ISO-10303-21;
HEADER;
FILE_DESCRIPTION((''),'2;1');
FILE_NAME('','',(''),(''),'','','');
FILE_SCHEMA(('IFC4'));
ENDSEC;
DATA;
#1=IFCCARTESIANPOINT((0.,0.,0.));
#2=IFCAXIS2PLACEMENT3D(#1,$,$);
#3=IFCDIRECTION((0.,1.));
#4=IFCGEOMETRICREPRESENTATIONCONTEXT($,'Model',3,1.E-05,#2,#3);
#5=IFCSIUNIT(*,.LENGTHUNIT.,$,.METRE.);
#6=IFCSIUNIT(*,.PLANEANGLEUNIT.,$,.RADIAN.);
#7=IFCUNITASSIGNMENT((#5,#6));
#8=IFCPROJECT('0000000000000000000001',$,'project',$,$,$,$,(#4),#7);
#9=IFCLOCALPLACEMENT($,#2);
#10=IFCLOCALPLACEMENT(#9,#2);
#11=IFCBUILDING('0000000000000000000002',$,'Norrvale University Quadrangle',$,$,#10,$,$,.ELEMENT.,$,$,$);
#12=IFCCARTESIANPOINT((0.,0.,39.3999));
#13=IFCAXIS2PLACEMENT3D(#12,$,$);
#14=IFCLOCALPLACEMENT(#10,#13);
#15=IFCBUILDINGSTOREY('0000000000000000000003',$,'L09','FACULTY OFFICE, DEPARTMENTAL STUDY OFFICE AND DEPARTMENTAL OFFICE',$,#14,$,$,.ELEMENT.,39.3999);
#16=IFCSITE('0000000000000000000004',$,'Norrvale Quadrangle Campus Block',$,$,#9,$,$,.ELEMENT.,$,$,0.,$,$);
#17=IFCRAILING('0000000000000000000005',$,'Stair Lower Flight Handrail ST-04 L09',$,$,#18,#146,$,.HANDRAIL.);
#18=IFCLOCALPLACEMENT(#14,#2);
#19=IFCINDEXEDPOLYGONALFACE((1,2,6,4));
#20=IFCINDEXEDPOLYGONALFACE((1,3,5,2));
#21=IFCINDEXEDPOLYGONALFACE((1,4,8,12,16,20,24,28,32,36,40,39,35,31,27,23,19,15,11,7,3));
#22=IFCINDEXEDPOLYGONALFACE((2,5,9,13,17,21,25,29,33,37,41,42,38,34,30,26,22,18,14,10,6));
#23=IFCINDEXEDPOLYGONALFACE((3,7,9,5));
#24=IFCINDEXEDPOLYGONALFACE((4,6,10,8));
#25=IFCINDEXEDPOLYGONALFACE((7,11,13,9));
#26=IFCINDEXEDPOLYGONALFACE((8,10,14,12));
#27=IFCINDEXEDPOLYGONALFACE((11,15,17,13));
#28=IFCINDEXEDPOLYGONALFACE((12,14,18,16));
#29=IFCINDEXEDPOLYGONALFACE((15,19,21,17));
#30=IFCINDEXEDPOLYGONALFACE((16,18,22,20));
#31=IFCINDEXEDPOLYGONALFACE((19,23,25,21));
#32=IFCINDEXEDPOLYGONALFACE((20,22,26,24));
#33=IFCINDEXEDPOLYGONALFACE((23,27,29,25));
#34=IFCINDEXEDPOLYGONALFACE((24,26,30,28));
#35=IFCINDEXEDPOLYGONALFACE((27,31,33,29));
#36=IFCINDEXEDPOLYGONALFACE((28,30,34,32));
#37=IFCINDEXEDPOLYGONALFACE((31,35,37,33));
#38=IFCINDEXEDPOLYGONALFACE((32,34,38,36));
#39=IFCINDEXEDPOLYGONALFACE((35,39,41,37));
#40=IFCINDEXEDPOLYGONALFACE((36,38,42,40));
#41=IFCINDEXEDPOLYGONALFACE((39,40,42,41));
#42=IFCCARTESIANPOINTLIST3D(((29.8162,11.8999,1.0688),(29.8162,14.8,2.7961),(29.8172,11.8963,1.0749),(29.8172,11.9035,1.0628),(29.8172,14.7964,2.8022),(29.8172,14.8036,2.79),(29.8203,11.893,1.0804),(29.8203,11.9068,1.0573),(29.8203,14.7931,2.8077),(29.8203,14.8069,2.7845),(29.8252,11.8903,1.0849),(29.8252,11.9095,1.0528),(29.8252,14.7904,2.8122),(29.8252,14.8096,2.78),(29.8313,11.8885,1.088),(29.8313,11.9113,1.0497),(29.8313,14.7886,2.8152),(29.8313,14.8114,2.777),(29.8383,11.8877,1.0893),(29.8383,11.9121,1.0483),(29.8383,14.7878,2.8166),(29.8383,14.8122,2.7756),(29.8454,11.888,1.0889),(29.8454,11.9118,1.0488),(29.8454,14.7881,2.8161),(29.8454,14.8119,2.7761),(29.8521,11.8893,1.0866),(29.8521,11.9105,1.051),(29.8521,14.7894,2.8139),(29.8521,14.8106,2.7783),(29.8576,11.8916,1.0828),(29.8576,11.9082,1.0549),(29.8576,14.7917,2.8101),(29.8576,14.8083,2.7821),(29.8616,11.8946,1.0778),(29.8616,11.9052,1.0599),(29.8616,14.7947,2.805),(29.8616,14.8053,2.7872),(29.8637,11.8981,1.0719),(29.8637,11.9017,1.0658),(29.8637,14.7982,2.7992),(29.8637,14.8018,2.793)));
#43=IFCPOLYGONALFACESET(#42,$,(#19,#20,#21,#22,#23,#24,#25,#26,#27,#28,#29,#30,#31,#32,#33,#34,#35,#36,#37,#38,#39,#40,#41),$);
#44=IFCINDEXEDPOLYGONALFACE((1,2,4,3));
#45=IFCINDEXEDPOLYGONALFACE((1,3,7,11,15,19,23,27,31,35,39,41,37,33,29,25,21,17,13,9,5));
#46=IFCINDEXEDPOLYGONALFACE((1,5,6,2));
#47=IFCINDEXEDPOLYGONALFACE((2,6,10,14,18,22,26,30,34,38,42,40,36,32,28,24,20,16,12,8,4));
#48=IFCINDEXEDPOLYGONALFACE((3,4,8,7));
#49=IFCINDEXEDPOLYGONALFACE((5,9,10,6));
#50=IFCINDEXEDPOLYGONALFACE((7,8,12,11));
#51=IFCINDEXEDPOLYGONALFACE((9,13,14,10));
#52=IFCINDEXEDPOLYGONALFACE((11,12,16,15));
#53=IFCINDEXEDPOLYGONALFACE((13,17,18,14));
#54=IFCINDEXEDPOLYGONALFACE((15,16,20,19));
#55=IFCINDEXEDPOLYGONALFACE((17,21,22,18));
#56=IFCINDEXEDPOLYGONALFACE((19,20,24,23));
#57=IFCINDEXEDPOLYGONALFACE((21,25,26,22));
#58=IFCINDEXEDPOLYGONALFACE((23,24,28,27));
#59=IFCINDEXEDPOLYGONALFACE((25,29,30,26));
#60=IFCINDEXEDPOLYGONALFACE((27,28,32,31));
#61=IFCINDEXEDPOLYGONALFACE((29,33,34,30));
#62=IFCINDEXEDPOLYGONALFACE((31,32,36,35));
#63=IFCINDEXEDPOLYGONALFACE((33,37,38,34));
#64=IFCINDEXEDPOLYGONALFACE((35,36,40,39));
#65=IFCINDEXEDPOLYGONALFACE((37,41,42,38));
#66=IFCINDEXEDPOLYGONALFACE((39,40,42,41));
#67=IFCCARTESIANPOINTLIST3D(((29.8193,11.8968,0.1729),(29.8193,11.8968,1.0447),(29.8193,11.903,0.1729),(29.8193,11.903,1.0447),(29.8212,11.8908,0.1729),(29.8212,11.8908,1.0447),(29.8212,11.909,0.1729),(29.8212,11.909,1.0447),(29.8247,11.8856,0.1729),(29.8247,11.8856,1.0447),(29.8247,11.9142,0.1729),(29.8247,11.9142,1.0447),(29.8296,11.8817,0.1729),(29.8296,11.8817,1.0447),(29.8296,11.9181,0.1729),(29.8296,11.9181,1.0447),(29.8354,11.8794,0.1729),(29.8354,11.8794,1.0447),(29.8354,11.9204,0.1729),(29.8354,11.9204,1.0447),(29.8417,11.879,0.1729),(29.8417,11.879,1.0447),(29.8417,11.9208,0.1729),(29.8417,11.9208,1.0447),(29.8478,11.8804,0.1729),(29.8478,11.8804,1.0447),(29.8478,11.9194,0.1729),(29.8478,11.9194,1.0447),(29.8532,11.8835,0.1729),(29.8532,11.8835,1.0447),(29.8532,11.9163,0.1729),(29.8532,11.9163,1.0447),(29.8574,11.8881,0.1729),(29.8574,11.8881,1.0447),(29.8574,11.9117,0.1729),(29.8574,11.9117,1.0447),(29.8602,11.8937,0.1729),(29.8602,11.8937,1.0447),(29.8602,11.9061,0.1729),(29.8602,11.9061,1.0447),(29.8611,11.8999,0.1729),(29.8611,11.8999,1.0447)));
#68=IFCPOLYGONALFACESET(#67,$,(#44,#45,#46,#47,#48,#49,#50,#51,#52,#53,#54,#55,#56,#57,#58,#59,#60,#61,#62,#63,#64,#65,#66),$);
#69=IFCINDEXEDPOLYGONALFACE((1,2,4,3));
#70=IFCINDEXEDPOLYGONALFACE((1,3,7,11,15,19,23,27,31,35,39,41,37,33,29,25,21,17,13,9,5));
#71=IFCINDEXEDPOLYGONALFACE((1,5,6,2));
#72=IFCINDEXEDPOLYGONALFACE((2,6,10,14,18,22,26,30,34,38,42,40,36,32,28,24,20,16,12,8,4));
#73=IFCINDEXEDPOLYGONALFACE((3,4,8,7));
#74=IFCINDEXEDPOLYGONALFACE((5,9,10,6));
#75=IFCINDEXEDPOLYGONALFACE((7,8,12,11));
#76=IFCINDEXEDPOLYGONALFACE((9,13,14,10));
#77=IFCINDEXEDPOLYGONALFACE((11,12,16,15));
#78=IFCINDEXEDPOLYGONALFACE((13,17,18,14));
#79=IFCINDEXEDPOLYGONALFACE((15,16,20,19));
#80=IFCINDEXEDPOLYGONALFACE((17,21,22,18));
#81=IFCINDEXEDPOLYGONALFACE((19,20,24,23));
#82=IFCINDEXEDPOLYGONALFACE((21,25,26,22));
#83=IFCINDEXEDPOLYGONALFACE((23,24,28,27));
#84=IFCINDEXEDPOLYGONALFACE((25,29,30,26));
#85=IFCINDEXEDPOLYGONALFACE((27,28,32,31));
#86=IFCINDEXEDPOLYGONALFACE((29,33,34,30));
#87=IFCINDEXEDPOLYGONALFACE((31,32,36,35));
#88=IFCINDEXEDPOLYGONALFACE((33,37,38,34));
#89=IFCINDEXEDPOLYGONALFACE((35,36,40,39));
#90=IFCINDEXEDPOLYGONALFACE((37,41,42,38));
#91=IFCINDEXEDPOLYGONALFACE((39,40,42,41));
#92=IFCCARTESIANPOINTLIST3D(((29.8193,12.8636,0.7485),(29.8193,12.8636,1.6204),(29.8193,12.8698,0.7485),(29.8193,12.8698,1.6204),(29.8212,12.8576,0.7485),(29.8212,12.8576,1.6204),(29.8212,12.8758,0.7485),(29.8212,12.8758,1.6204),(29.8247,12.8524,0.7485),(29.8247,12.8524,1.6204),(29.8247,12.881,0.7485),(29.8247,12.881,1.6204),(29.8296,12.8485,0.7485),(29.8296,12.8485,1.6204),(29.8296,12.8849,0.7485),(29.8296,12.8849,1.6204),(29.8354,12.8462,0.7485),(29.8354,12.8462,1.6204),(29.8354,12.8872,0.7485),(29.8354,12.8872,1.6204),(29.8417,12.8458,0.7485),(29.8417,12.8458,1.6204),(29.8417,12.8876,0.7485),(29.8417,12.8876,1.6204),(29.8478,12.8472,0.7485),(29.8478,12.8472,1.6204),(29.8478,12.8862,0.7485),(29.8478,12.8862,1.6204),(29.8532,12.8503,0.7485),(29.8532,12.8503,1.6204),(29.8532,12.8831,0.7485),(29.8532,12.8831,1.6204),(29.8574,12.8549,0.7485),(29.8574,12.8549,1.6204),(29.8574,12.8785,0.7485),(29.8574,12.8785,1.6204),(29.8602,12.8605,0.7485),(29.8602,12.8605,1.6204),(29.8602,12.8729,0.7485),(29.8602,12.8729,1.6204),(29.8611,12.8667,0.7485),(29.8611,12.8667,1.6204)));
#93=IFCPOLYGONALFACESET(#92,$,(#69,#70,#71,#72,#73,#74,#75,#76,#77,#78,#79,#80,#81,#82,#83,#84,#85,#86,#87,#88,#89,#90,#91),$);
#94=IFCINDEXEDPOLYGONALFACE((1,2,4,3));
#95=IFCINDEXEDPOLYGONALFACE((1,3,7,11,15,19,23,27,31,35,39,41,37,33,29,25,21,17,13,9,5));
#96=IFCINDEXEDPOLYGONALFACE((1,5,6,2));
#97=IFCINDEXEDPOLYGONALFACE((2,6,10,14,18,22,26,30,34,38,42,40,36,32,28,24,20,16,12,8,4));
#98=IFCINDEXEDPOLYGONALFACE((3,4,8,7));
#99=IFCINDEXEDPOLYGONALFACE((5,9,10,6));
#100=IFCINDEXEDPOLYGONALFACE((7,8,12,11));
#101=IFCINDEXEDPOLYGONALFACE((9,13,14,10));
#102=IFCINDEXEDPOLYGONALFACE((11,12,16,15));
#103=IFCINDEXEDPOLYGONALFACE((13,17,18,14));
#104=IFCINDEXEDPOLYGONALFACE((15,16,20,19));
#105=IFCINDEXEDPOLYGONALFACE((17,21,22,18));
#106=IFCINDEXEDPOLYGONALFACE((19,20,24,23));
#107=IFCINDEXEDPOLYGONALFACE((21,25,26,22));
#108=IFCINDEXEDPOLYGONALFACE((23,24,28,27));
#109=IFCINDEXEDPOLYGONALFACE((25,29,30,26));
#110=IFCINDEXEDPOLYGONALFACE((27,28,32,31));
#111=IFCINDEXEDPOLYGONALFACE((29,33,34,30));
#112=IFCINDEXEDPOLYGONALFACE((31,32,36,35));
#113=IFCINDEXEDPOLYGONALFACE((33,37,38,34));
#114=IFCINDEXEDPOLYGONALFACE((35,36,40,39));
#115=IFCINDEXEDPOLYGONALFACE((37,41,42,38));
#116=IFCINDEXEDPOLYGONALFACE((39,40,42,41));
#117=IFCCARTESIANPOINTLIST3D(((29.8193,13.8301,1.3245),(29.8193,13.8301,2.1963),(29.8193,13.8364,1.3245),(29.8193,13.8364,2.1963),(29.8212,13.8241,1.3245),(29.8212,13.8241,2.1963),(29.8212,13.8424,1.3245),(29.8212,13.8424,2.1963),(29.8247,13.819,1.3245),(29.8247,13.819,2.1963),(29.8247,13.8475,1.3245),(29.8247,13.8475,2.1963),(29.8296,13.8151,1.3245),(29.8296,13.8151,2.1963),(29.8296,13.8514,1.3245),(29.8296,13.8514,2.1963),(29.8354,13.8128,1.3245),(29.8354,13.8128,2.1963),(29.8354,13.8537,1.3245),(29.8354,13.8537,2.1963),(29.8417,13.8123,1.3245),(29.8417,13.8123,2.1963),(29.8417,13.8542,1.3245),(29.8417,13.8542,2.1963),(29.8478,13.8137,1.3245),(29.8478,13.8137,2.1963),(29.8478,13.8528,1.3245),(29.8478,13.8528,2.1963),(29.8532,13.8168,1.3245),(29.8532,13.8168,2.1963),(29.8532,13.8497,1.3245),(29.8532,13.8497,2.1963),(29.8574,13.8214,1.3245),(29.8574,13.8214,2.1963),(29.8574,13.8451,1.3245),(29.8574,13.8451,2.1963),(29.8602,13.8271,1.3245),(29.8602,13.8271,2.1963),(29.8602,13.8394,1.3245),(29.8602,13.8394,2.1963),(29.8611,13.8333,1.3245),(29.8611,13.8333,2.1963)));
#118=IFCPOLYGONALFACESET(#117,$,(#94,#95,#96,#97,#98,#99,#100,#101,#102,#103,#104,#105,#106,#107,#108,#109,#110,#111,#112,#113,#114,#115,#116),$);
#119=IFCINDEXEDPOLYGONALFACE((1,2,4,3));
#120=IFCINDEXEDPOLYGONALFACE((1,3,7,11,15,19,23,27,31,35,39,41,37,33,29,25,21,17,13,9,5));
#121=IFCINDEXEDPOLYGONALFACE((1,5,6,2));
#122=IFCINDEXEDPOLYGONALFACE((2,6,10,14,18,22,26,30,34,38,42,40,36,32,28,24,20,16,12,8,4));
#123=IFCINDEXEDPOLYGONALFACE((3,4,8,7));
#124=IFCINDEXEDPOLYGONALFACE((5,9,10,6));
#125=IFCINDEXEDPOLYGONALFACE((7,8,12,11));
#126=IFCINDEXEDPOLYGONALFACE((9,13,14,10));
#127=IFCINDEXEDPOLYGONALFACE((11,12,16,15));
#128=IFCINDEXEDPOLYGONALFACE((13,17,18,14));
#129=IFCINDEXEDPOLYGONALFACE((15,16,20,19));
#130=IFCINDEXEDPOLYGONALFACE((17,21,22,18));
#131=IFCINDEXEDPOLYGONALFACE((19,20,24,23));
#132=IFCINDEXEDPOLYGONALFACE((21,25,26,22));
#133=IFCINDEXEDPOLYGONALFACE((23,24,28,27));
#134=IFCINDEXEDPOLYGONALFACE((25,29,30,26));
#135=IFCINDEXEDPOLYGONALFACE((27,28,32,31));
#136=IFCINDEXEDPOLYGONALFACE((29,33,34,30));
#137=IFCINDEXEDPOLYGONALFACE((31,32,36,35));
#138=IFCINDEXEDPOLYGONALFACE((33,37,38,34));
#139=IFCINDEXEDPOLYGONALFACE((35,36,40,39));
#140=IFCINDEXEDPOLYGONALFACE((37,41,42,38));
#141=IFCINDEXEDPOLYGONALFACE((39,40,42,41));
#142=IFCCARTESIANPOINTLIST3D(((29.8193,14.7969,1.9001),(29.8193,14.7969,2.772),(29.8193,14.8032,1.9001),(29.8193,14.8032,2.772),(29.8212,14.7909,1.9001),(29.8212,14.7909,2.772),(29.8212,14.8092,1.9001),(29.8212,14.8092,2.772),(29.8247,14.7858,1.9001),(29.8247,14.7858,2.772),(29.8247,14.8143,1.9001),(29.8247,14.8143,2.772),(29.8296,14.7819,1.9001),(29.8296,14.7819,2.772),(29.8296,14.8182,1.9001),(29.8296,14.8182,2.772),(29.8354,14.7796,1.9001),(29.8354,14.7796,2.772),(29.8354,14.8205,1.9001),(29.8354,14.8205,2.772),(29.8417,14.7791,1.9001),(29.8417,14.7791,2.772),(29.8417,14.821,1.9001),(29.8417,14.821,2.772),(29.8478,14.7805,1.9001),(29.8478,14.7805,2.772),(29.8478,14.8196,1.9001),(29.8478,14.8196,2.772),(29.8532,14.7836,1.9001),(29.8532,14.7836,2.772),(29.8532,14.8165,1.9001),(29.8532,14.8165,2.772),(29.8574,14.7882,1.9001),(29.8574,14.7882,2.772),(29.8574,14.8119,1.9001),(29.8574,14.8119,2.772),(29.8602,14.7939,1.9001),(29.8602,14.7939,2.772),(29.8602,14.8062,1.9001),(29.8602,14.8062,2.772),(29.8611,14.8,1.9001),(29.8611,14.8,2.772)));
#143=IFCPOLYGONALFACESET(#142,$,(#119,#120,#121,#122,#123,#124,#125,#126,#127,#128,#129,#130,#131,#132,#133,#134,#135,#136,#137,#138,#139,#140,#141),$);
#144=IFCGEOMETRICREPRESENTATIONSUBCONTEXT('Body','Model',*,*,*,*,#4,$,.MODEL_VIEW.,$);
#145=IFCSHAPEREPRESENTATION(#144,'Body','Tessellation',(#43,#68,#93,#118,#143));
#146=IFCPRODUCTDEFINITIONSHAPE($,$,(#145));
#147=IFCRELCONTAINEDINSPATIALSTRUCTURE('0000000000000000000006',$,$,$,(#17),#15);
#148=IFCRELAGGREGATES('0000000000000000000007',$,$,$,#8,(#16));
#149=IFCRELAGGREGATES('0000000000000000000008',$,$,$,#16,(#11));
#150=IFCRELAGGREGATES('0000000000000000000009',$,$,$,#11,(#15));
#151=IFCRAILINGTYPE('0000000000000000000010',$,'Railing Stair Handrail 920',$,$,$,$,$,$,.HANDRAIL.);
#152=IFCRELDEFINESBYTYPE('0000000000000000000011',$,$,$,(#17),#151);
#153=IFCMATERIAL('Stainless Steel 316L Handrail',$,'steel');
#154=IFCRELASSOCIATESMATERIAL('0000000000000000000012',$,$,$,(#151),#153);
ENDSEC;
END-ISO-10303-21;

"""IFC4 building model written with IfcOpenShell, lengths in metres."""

from ifc_helpers import new_model, si_unit, direction, frame, origin, origin_2d, place, context, subcontext, project, spatial, circle, extrude, material, type_object, element, save


model = new_model("IFC4")

# Units and contexts
model_context = context("Model", 3, precision=1e-05, world=origin(), true_north=direction((0.0, 1.0)))
body_context = subcontext(model_context, "Body", "Model", "MODEL_VIEW")
ifc_project = project(units=[si_unit("LENGTHUNIT", "METRE"), si_unit("PLANEANGLEUNIT", "RADIAN")], contexts=[model_context])

# Site, building, storey
site_placement = place(None, origin())
site = spatial("IfcSite", under=ifc_project, at=site_placement, Name="Norrvale Quadrangle Campus Block", CompositionType="ELEMENT", RefElevation=0.0)
building_placement = place(site_placement, origin())
building = spatial("IfcBuilding", under=site, at=building_placement, Name="Norrvale University Quadrangle", CompositionType="ELEMENT")
storey_placement = place(building_placement, frame((0.0, 0.0, 39.3999)))
storey = spatial("IfcBuildingStorey", under=building, at=storey_placement, Name="L09", Description="FACULTY OFFICE, DEPARTMENTAL STUDY OFFICE AND DEPARTMENTAL OFFICE", CompositionType="ELEMENT", Elevation=39.3999)

# Railing
ifc_material_1 = material(Name="Stainless Steel 316L Handrail", Category="steel")
railing_type_1 = type_object("IfcRailingType", Name="Railing Stair Handrail 920", PredefinedType="HANDRAIL", material=ifc_material_1)
railing_1_placement = place(storey_placement, frame((29.8401, 11.8999, 0.1729)))
element("IfcRailing", 1, at=railing_1_placement, inside=storey, type_object=railing_type_1, Name="Stair Lower Flight Handrail ST-04 L09", PredefinedType="HANDRAIL", context=body_context, shape_type="SweptSolid", body=[
    extrude(circle(Radius=0.0239, at=origin_2d()), frame((0.0, 0.0, 0.896), z_axis=(0.0, 0.85916, 0.511706), x_axis=(-1.0, 0.0, 0.0)), (0.0, 0.0, 1.0), 3.3755),
    extrude(circle(Radius=0.021, at=origin_2d()), origin(), (0.0, 0.0, 1.0), 0.8718),
    extrude(circle(Radius=0.021, at=origin_2d()), frame((0.0, 0.9668, 0.5757)), (0.0, 0.0, 1.0), 0.8718),
    extrude(circle(Radius=0.021, at=origin_2d()), frame((0.0, 1.9333, 1.1516)), (0.0, 0.0, 1.0), 0.8718),
    extrude(circle(Radius=0.021, at=origin_2d()), frame((0.0, 2.9001, 1.7273)), (0.0, 0.0, 1.0), 0.8718),
])

save(model, "model.ifc")
